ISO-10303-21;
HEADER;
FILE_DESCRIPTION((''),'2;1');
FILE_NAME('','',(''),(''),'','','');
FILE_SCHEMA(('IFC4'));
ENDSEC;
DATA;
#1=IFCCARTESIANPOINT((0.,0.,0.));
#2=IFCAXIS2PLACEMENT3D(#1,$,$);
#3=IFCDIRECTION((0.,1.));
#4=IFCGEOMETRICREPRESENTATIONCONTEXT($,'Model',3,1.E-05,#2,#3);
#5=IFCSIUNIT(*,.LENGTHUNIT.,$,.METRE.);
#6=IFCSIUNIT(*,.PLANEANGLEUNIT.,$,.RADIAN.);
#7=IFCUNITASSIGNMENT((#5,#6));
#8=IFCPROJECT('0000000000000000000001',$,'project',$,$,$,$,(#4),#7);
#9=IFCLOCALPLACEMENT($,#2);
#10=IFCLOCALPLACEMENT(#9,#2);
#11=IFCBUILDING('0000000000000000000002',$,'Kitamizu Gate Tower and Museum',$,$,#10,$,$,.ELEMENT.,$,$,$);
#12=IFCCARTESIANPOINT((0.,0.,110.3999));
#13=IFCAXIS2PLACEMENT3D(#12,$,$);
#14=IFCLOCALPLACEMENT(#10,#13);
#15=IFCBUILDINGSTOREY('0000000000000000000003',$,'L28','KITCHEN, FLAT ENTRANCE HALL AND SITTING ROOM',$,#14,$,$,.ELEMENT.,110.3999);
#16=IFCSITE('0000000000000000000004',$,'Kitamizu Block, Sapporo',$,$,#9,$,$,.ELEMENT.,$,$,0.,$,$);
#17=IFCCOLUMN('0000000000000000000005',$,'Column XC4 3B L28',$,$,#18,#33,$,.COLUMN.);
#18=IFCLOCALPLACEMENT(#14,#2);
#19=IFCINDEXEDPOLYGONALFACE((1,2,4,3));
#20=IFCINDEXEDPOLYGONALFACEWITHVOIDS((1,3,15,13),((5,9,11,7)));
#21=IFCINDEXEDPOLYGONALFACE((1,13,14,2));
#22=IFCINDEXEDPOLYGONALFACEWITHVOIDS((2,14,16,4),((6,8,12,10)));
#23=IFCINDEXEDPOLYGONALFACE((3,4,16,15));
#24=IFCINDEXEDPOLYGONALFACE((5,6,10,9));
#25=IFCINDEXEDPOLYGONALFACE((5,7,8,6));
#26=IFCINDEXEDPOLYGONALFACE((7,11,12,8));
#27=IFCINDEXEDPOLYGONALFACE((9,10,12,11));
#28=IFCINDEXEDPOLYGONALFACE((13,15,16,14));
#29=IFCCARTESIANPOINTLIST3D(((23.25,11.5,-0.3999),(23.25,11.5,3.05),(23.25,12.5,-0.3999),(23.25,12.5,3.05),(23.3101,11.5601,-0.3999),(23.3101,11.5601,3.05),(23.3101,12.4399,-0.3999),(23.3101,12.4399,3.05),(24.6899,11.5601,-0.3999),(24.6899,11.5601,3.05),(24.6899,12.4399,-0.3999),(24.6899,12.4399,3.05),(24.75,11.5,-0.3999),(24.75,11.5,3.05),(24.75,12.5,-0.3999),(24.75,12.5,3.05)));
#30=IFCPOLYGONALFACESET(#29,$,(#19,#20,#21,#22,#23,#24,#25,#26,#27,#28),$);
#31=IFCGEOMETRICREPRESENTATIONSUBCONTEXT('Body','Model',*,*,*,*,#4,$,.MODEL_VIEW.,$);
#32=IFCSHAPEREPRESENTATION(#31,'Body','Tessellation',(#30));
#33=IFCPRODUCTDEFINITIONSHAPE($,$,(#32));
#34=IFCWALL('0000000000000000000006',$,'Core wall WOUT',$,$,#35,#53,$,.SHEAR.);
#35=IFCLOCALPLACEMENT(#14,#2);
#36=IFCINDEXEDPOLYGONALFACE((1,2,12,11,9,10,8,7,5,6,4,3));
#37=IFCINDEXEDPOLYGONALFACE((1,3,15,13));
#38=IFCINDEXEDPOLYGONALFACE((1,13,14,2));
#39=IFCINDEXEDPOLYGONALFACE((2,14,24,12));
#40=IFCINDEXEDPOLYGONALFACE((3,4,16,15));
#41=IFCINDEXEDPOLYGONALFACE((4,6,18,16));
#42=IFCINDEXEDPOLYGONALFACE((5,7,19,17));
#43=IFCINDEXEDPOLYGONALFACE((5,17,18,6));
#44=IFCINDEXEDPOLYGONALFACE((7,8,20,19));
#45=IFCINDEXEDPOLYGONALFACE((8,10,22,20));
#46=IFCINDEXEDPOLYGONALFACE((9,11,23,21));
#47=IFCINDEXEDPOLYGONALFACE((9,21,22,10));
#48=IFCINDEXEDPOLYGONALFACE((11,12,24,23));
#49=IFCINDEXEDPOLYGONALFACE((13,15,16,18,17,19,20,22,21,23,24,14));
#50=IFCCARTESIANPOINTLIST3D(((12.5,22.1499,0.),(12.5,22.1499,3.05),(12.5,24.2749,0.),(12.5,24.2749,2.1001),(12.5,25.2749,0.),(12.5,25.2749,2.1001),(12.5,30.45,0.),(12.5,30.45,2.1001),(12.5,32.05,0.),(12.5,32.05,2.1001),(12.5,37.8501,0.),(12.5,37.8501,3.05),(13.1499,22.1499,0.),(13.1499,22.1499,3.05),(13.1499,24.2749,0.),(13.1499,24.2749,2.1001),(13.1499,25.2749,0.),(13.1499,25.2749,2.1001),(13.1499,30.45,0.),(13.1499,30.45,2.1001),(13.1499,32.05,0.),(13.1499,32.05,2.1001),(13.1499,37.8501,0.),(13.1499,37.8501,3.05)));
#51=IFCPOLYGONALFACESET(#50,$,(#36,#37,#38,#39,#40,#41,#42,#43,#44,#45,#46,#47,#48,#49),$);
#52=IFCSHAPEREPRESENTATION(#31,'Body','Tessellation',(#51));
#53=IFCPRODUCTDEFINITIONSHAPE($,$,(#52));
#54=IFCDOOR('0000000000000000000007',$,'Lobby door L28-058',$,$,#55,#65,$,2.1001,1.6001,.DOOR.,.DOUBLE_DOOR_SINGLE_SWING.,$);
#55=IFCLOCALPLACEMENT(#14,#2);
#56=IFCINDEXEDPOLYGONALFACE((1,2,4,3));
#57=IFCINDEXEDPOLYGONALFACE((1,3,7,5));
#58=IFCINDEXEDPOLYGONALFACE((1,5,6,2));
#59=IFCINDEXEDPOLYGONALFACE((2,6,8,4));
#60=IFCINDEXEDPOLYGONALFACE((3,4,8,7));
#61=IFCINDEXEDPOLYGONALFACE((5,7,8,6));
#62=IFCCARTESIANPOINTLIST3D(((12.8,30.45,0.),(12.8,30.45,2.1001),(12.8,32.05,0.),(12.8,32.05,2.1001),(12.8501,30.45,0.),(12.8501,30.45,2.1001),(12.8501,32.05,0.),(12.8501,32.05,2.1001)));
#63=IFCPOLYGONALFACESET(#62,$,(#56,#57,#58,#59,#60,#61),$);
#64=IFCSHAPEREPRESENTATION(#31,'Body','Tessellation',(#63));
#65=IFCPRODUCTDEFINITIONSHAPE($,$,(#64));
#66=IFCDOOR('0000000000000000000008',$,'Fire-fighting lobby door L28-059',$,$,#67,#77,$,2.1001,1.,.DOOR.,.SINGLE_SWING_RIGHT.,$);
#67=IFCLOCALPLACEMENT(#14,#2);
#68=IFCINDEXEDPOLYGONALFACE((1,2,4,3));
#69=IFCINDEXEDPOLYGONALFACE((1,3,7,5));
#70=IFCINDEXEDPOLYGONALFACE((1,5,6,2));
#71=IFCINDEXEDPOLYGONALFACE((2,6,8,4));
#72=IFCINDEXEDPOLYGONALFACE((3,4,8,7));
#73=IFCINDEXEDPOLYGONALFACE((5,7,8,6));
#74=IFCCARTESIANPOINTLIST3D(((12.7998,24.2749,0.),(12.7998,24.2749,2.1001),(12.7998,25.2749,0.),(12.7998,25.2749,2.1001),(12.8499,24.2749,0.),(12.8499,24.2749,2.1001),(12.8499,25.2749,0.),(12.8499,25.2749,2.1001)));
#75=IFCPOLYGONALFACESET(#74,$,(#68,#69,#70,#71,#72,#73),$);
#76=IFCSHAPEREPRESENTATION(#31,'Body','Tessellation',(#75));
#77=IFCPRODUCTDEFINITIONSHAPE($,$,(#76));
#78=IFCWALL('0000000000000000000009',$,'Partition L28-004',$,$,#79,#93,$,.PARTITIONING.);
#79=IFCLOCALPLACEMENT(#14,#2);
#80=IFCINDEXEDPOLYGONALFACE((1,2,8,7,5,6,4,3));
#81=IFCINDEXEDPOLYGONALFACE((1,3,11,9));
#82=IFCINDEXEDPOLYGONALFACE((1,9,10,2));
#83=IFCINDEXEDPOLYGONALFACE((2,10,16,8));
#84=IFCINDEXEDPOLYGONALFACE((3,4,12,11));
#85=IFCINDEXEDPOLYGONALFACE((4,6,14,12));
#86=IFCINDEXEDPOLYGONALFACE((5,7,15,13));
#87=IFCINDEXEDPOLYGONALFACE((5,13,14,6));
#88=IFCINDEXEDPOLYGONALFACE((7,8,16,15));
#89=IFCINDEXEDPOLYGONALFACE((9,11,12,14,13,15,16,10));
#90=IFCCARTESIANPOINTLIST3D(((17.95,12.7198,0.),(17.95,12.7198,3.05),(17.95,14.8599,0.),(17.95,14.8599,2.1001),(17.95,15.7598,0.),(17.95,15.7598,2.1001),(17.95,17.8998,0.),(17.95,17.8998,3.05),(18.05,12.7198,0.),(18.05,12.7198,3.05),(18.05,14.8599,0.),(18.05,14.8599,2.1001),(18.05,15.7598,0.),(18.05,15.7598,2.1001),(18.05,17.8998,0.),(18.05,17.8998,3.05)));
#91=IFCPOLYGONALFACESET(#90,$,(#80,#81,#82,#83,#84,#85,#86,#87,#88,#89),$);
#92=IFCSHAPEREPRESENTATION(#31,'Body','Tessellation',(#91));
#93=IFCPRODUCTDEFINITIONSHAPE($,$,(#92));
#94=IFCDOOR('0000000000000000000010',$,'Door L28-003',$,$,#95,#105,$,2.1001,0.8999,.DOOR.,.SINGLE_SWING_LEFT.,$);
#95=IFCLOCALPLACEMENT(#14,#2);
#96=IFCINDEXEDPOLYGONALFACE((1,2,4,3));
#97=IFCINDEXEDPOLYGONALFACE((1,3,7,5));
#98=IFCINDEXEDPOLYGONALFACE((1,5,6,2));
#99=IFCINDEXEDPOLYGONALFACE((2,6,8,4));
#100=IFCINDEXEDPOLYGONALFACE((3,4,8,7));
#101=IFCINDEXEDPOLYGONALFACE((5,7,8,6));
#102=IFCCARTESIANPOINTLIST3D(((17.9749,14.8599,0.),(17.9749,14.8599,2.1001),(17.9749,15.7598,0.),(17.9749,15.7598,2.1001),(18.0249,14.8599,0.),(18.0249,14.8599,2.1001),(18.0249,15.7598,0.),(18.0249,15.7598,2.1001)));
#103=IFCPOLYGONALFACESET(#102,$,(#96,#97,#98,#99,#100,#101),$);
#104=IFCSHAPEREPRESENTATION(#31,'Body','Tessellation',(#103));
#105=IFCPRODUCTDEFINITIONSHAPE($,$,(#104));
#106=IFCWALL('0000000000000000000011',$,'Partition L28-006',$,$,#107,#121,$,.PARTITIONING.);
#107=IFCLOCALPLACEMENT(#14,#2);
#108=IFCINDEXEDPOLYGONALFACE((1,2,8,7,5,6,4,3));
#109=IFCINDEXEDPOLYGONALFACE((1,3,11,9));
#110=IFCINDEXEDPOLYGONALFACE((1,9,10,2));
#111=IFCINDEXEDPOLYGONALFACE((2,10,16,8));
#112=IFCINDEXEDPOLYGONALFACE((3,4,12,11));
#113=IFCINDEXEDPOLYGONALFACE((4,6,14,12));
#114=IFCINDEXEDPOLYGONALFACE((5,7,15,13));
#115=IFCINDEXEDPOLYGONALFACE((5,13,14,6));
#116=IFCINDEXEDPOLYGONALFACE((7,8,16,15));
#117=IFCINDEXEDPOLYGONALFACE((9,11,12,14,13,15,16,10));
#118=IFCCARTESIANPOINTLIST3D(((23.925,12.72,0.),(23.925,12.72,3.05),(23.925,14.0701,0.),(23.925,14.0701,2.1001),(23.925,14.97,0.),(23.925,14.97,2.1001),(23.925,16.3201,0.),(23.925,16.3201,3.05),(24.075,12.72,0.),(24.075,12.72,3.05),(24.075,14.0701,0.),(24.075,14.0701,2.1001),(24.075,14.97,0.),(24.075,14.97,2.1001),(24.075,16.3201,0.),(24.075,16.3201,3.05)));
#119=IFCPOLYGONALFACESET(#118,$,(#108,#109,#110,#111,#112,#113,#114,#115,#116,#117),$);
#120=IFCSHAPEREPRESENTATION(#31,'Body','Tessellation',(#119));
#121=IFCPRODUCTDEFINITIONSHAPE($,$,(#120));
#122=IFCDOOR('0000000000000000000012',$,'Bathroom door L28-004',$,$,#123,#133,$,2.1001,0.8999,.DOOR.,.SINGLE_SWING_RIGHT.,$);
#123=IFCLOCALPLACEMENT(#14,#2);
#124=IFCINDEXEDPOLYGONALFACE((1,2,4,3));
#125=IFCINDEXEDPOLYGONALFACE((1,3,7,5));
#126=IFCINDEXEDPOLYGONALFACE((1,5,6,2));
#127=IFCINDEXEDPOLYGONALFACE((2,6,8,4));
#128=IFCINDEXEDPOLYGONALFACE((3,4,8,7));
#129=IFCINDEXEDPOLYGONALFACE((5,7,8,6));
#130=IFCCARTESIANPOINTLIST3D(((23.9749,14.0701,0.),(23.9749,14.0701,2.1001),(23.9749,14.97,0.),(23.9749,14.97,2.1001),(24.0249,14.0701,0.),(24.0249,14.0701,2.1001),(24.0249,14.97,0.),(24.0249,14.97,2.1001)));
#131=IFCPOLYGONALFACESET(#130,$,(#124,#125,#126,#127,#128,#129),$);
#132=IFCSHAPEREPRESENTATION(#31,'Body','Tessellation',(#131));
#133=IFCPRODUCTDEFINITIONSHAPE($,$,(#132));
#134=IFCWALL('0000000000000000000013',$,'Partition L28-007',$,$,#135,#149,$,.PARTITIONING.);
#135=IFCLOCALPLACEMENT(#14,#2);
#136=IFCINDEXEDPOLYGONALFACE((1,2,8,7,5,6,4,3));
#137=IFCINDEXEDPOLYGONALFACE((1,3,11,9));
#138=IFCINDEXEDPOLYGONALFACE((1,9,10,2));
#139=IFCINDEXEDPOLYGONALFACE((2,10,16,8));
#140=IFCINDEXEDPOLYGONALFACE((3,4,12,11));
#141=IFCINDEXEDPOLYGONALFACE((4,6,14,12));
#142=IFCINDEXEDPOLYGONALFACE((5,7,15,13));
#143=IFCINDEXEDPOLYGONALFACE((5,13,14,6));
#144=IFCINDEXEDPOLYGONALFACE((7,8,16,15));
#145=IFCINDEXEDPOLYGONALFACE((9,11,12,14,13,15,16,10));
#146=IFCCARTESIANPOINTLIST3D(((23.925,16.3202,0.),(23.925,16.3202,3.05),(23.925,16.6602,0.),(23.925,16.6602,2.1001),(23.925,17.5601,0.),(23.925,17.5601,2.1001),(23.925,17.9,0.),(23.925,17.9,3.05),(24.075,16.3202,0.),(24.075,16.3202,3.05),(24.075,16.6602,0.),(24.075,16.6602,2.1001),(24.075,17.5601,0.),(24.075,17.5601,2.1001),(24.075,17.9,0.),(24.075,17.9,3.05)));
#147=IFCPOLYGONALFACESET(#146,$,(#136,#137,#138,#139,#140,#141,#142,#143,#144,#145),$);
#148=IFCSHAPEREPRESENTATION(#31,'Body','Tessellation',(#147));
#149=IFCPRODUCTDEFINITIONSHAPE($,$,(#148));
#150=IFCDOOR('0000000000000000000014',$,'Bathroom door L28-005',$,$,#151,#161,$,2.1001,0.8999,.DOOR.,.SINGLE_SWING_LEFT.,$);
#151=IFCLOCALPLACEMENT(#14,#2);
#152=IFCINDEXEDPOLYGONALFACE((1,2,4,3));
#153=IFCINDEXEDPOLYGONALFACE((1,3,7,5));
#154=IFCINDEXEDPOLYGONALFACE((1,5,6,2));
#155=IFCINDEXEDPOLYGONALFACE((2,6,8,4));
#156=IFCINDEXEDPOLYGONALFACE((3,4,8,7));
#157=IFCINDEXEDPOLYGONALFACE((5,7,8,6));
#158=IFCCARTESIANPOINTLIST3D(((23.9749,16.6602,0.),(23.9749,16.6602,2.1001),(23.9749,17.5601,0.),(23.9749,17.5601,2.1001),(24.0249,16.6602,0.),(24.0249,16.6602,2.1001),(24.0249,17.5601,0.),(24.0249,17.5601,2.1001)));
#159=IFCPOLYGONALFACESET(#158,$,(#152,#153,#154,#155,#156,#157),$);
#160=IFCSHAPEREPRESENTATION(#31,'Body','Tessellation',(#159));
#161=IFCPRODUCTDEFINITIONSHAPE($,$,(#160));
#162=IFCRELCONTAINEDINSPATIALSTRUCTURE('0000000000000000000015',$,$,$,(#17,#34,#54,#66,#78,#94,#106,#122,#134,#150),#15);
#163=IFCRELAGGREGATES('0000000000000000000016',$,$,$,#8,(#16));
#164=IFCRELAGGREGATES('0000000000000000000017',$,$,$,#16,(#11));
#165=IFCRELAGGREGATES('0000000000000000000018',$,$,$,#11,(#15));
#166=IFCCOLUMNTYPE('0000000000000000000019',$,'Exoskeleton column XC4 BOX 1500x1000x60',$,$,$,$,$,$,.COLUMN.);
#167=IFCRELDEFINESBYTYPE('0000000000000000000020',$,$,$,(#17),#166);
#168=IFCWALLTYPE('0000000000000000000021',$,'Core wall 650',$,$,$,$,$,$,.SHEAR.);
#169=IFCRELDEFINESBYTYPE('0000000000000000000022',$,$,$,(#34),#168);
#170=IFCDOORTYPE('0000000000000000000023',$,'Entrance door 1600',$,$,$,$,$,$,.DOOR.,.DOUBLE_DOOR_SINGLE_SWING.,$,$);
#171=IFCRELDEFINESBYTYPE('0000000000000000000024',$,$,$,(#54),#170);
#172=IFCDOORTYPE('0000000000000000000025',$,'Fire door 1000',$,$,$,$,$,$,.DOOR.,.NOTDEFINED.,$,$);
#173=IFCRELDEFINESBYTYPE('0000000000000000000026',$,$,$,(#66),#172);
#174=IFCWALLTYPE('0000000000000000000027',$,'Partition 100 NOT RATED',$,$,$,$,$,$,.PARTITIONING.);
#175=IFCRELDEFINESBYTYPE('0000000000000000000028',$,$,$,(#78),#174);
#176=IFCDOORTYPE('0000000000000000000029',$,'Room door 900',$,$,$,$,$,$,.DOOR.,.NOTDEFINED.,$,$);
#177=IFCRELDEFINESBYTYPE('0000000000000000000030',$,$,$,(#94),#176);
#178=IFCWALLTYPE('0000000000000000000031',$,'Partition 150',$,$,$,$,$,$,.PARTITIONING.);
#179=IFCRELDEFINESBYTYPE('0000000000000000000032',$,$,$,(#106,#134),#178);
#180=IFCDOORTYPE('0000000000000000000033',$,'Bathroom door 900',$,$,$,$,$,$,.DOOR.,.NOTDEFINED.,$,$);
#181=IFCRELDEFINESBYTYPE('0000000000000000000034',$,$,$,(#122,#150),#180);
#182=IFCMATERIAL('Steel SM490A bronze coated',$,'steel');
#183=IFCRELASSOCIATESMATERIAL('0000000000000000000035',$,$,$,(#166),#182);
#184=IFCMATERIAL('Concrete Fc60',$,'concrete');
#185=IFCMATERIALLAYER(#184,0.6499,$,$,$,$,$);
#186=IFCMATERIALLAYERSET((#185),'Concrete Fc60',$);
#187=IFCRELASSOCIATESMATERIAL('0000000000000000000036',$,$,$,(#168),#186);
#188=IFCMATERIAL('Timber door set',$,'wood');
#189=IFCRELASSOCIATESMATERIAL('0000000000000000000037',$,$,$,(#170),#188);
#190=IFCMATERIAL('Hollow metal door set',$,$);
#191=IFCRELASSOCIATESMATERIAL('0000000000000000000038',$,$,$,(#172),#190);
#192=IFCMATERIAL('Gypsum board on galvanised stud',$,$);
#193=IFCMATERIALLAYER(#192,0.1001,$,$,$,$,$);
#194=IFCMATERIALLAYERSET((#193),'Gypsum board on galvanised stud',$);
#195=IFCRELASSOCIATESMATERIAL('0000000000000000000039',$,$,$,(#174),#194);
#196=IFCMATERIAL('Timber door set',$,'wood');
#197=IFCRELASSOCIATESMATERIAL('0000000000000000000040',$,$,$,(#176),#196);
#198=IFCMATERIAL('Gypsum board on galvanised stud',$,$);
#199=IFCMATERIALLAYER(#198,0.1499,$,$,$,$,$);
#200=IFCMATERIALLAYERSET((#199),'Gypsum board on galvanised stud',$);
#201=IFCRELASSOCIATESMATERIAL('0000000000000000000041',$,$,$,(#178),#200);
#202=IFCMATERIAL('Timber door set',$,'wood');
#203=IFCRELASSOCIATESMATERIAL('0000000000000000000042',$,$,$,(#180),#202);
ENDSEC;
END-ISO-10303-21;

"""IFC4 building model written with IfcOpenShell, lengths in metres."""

from ifc_helpers import new_model, si_unit, direction, frame, frame_2d, origin, origin_2d, place, context, subcontext, project, spatial, rectangle, hollow_rectangle, extrude, material, layer, layer_set, material_profile, profile_set, type_object, element, fill, save


model = new_model("IFC4")

# Units and contexts
model_context = context("Model", 3, precision=1e-05, world=origin(), true_north=direction((0.0, 1.0)))
body_context = subcontext(model_context, "Body", "Model", "MODEL_VIEW")
ifc_project = project(units=[si_unit("LENGTHUNIT", "METRE"), si_unit("PLANEANGLEUNIT", "RADIAN")], contexts=[model_context])

# Site, building, storey
site_placement = place(None, origin())
site = spatial("IfcSite", under=ifc_project, at=site_placement, Name="Kitamizu Block, Sapporo", CompositionType="ELEMENT", RefElevation=0.0)
building_placement = place(site_placement, origin())
building = spatial("IfcBuilding", under=site, at=building_placement, Name="Kitamizu Gate Tower and Museum", CompositionType="ELEMENT")
storey_placement = place(building_placement, frame((0.0, 0.0, 110.3999)))
storey = spatial("IfcBuildingStorey", under=building, at=storey_placement, Name="L28", Description="KITCHEN, FLAT ENTRANCE HALL AND SITTING ROOM", CompositionType="ELEMENT", Elevation=110.3999)

# Column
ifc_material_1 = material(Name="Steel SM490A bronze coated", Category="steel")
ifc_material_profile = material_profile(ifc_material_1, hollow_rectangle(XDim=1.5, YDim=1.0, WallThickness=0.0601, at=origin_2d()), Name="BOX 1500x1000x60")
ifc_profile_set = profile_set([ifc_material_profile], Name="Steel SM490A bronze coated")
column_type = type_object("IfcColumnType", Name="Exoskeleton column XC4 BOX 1500x1000x60", PredefinedType="COLUMN", material=ifc_profile_set)
column_placement = place(storey_placement, frame((24.0, 12.0, -0.3999), z_axis=(0.0, 0.0, 1.0), x_axis=(1.0, 0.0, 0.0)))
element("IfcColumn", 1, at=column_placement, inside=storey, type_object=column_type, Name="Column XC4 3B L28", PredefinedType="COLUMN", context=body_context, shape_type="SweptSolid", body=[
    extrude(hollow_rectangle(XDim=1.5, YDim=1.0, WallThickness=0.0601, at=origin_2d()), origin(), (0.0, 0.0, 1.0), 3.45),
])

# Wall, openings, doors
ifc_material_2 = material(Name="Concrete Fc60", Category="concrete")
ifc_layer_1 = layer(ifc_material_2, 0.6499)
ifc_layer_set_1 = layer_set([ifc_layer_1], Name="Concrete Fc60")
wall_type_1 = type_object("IfcWallType", Name="Core wall 650", PredefinedType="SHEAR", material=ifc_layer_set_1)
wall_1_placement = place(storey_placement, frame((12.825, 22.1499, 0.0), z_axis=(0.0, 0.0, 1.0), x_axis=(0.0, 1.0, 0.0)))
wall_1 = element("IfcWall", 2, at=wall_1_placement, inside=storey, type_object=wall_type_1, Name="Core wall WOUT", PredefinedType="SHEAR", context=body_context, shape_type="SweptSolid", body=[
    extrude(rectangle(XDim=15.7002, YDim=0.6499, at=frame_2d((7.8501, 0.0))), origin(), (0.0, 0.0, 1.0), 3.05),
])
opening_1_placement = place(wall_1_placement, frame((8.3, 0.0, 0.0)))
opening_1 = element("IfcOpeningElement", 3, at=opening_1_placement, cuts=wall_1, PredefinedType="OPENING", context=body_context, shape_type="SweptSolid", body=[
    extrude(rectangle(XDim=1.6001, YDim=2.1001, at=frame_2d((0.8, 1.05))), frame((0.0, 0.335, 0.0), z_axis=(0.0, -1.0, 0.0), x_axis=(1.0, 0.0, 0.0)), (0.0, 0.0, 1.0), 0.6699),
])
opening_2_placement = place(wall_1_placement, frame((2.125, 0.0, 0.0)))
opening_2 = element("IfcOpeningElement", 4, at=opening_2_placement, cuts=wall_1, PredefinedType="OPENING", context=body_context, shape_type="SweptSolid", body=[
    extrude(rectangle(XDim=1.0, YDim=2.1001, at=frame_2d((0.5, 1.05))), frame((0.0, 0.335, 0.0), z_axis=(0.0, -1.0, 0.0), x_axis=(1.0, 0.0, 0.0)), (0.0, 0.0, 1.0), 0.6699),
])
ifc_material_3 = material(Name="Timber door set", Category="wood")
door_type_1 = type_object("IfcDoorType", Name="Entrance door 1600", OperationType="DOUBLE_DOOR_SINGLE_SWING", PredefinedType="DOOR", material=ifc_material_3)
door_1_placement = place(opening_1_placement, origin())
door_1 = element("IfcDoor", 5, at=door_1_placement, inside=storey, type_object=door_type_1, Name="Lobby door L28-058", OperationType="DOUBLE_DOOR_SINGLE_SWING", OverallHeight=2.1001, OverallWidth=1.6001, PredefinedType="DOOR", context=body_context, shape_type="SweptSolid", body=[
    extrude(rectangle(XDim=1.6001, YDim=2.1001, at=frame_2d((0.8, 1.05))), frame((0.0, 0.0249, 0.0), z_axis=(0.0, -1.0, 0.0), x_axis=(1.0, 0.0, 0.0)), (0.0, 0.0, 1.0), 0.05),
])
fill(opening_1, door_1)
ifc_material_4 = material(Name="Hollow metal door set")
door_type_2 = type_object("IfcDoorType", Name="Fire door 1000", OperationType="NOTDEFINED", PredefinedType="DOOR", material=ifc_material_4)
door_2_placement = place(opening_2_placement, frame((1.0, 0.0, 0.0), x_axis=(-1.0, 0.0, 0.0)))
door_2 = element("IfcDoor", 6, at=door_2_placement, inside=storey, type_object=door_type_2, Name="Fire-fighting lobby door L28-059", OperationType="SINGLE_SWING_RIGHT", OverallHeight=2.1001, OverallWidth=1.0, PredefinedType="DOOR", context=body_context, shape_type="SweptSolid", body=[
    extrude(rectangle(XDim=1.0, YDim=2.1001, at=frame_2d((0.5, 1.05))), frame((0.0, 0.0249, 0.0), z_axis=(0.0, -1.0, 0.0), x_axis=(1.0, 0.0, 0.0)), (0.0, 0.0, 1.0), 0.05),
])
fill(opening_2, door_2)

# Walls, openings, doors
ifc_material_5 = material(Name="Gypsum board on galvanised stud")
ifc_layer_2 = layer(ifc_material_5, 0.1001)
ifc_layer_set_2 = layer_set([ifc_layer_2], Name="Gypsum board on galvanised stud")
wall_type_2 = type_object("IfcWallType", Name="Partition 100 NOT RATED", PredefinedType="PARTITIONING", material=ifc_layer_set_2)
wall_2_placement = place(storey_placement, frame((18.0, 12.72, 0.0), z_axis=(0.0, 0.0, 1.0), x_axis=(0.0, 1.0, 0.0)))
wall_2 = element("IfcWall", 7, at=wall_2_placement, inside=storey, type_object=wall_type_2, Name="Partition L28-004", PredefinedType="PARTITIONING", context=body_context, shape_type="SweptSolid", body=[
    extrude(rectangle(XDim=5.1799, YDim=0.1001, at=frame_2d((2.5898, 0.0))), origin(), (0.0, 0.0, 1.0), 3.05),
])
opening_3_placement = place(wall_2_placement, frame((2.1399, 0.0, 0.0)))
opening_3 = element("IfcOpeningElement", 8, at=opening_3_placement, cuts=wall_2, PredefinedType="OPENING", context=body_context, shape_type="SweptSolid", body=[
    extrude(rectangle(XDim=0.8999, YDim=2.1001, at=frame_2d((0.45, 1.05))), frame((0.0, 0.0601, 0.0), z_axis=(0.0, -1.0, 0.0), x_axis=(1.0, 0.0, 0.0)), (0.0, 0.0, 1.0), 0.1201),
])
ifc_material_6 = material(Name="Timber door set", Category="wood")
door_type_3 = type_object("IfcDoorType", Name="Room door 900", OperationType="NOTDEFINED", PredefinedType="DOOR", material=ifc_material_6)
door_3_placement = place(opening_3_placement, frame((0.8999, 0.0, 0.0), x_axis=(-1.0, 0.0, 0.0)))
door_3 = element("IfcDoor", 9, at=door_3_placement, inside=storey, type_object=door_type_3, Name="Door L28-003", OperationType="SINGLE_SWING_LEFT", OverallHeight=2.1001, OverallWidth=0.8999, PredefinedType="DOOR", context=body_context, shape_type="SweptSolid", body=[
    extrude(rectangle(XDim=0.8999, YDim=2.1001, at=frame_2d((0.45, 1.05))), frame((0.0, 0.0249, 0.0), z_axis=(0.0, -1.0, 0.0), x_axis=(1.0, 0.0, 0.0)), (0.0, 0.0, 1.0), 0.05),
])
fill(opening_3, door_3)
ifc_material_7 = material(Name="Gypsum board on galvanised stud")
ifc_layer_3 = layer(ifc_material_7, 0.1499)
ifc_layer_set_3 = layer_set([ifc_layer_3], Name="Gypsum board on galvanised stud")
wall_type_3 = type_object("IfcWallType", Name="Partition 150", PredefinedType="PARTITIONING", material=ifc_layer_set_3)
wall_3_placement = place(storey_placement, frame((24.0, 12.72, 0.0), z_axis=(0.0, 0.0, 1.0), x_axis=(0.0, 1.0, 0.0)))
wall_3 = element("IfcWall", 10, at=wall_3_placement, inside=storey, type_object=wall_type_3, Name="Partition L28-006", PredefinedType="PARTITIONING", context=body_context, shape_type="SweptSolid", body=[
    extrude(rectangle(XDim=3.6001, YDim=0.1499, at=frame_2d((1.8, 0.0))), origin(), (0.0, 0.0, 1.0), 3.05),
])
opening_4_placement = place(wall_3_placement, frame((1.3501, 0.0, 0.0)))
opening_4 = element("IfcOpeningElement", 11, at=opening_4_placement, cuts=wall_3, PredefinedType="OPENING", context=body_context, shape_type="SweptSolid", body=[
    extrude(rectangle(XDim=0.8999, YDim=2.1001, at=frame_2d((0.45, 1.05))), frame((0.0, 0.085, 0.0), z_axis=(0.0, -1.0, 0.0), x_axis=(1.0, 0.0, 0.0)), (0.0, 0.0, 1.0), 0.1699),
])
ifc_material_8 = material(Name="Timber door set", Category="wood")
door_type_4 = type_object("IfcDoorType", Name="Bathroom door 900", OperationType="NOTDEFINED", PredefinedType="DOOR", material=ifc_material_8)
door_4_placement = place(opening_4_placement, frame((0.8999, 0.0, 0.0), x_axis=(-1.0, 0.0, 0.0)))
door_4 = element("IfcDoor", 12, at=door_4_placement, inside=storey, type_object=door_type_4, Name="Bathroom door L28-004", OperationType="SINGLE_SWING_RIGHT", OverallHeight=2.1001, OverallWidth=0.8999, PredefinedType="DOOR", context=body_context, shape_type="SweptSolid", body=[
    extrude(rectangle(XDim=0.8999, YDim=2.1001, at=frame_2d((0.45, 1.05))), frame((0.0, 0.0249, 0.0), z_axis=(0.0, -1.0, 0.0), x_axis=(1.0, 0.0, 0.0)), (0.0, 0.0, 1.0), 0.05),
])
fill(opening_4, door_4)
wall_4_placement = place(storey_placement, frame((24.0, 16.3201, 0.0), z_axis=(0.0, 0.0, 1.0), x_axis=(0.0, 1.0, 0.0)))
wall_4 = element("IfcWall", 13, at=wall_4_placement, inside=storey, type_object=wall_type_3, Name="Partition L28-007", PredefinedType="PARTITIONING", context=body_context, shape_type="SweptSolid", body=[
    extrude(rectangle(XDim=1.5798, YDim=0.1499, at=frame_2d((0.79, 0.0))), origin(), (0.0, 0.0, 1.0), 3.05),
])
opening_5_placement = place(wall_4_placement, frame((0.3401, 0.0, 0.0)))
opening_5 = element("IfcOpeningElement", 14, at=opening_5_placement, cuts=wall_4, PredefinedType="OPENING", context=body_context, shape_type="SweptSolid", body=[
    extrude(rectangle(XDim=0.8999, YDim=2.1001, at=frame_2d((0.45, 1.05))), frame((0.0, 0.085, 0.0), z_axis=(0.0, -1.0, 0.0), x_axis=(1.0, 0.0, 0.0)), (0.0, 0.0, 1.0), 0.1699),
])
door_5_placement = place(opening_5_placement, frame((0.8999, 0.0, 0.0), x_axis=(-1.0, 0.0, 0.0)))
door_5 = element("IfcDoor", 15, at=door_5_placement, inside=storey, type_object=door_type_4, Name="Bathroom door L28-005", OperationType="SINGLE_SWING_LEFT", OverallHeight=2.1001, OverallWidth=0.8999, PredefinedType="DOOR", context=body_context, shape_type="SweptSolid", body=[
    extrude(rectangle(XDim=0.8999, YDim=2.1001, at=frame_2d((0.45, 1.05))), frame((0.0, 0.0249, 0.0), z_axis=(0.0, -1.0, 0.0), x_axis=(1.0, 0.0, 0.0)), (0.0, 0.0, 1.0), 0.05),
])
fill(opening_5, door_5)

save(model, "model.ifc")
